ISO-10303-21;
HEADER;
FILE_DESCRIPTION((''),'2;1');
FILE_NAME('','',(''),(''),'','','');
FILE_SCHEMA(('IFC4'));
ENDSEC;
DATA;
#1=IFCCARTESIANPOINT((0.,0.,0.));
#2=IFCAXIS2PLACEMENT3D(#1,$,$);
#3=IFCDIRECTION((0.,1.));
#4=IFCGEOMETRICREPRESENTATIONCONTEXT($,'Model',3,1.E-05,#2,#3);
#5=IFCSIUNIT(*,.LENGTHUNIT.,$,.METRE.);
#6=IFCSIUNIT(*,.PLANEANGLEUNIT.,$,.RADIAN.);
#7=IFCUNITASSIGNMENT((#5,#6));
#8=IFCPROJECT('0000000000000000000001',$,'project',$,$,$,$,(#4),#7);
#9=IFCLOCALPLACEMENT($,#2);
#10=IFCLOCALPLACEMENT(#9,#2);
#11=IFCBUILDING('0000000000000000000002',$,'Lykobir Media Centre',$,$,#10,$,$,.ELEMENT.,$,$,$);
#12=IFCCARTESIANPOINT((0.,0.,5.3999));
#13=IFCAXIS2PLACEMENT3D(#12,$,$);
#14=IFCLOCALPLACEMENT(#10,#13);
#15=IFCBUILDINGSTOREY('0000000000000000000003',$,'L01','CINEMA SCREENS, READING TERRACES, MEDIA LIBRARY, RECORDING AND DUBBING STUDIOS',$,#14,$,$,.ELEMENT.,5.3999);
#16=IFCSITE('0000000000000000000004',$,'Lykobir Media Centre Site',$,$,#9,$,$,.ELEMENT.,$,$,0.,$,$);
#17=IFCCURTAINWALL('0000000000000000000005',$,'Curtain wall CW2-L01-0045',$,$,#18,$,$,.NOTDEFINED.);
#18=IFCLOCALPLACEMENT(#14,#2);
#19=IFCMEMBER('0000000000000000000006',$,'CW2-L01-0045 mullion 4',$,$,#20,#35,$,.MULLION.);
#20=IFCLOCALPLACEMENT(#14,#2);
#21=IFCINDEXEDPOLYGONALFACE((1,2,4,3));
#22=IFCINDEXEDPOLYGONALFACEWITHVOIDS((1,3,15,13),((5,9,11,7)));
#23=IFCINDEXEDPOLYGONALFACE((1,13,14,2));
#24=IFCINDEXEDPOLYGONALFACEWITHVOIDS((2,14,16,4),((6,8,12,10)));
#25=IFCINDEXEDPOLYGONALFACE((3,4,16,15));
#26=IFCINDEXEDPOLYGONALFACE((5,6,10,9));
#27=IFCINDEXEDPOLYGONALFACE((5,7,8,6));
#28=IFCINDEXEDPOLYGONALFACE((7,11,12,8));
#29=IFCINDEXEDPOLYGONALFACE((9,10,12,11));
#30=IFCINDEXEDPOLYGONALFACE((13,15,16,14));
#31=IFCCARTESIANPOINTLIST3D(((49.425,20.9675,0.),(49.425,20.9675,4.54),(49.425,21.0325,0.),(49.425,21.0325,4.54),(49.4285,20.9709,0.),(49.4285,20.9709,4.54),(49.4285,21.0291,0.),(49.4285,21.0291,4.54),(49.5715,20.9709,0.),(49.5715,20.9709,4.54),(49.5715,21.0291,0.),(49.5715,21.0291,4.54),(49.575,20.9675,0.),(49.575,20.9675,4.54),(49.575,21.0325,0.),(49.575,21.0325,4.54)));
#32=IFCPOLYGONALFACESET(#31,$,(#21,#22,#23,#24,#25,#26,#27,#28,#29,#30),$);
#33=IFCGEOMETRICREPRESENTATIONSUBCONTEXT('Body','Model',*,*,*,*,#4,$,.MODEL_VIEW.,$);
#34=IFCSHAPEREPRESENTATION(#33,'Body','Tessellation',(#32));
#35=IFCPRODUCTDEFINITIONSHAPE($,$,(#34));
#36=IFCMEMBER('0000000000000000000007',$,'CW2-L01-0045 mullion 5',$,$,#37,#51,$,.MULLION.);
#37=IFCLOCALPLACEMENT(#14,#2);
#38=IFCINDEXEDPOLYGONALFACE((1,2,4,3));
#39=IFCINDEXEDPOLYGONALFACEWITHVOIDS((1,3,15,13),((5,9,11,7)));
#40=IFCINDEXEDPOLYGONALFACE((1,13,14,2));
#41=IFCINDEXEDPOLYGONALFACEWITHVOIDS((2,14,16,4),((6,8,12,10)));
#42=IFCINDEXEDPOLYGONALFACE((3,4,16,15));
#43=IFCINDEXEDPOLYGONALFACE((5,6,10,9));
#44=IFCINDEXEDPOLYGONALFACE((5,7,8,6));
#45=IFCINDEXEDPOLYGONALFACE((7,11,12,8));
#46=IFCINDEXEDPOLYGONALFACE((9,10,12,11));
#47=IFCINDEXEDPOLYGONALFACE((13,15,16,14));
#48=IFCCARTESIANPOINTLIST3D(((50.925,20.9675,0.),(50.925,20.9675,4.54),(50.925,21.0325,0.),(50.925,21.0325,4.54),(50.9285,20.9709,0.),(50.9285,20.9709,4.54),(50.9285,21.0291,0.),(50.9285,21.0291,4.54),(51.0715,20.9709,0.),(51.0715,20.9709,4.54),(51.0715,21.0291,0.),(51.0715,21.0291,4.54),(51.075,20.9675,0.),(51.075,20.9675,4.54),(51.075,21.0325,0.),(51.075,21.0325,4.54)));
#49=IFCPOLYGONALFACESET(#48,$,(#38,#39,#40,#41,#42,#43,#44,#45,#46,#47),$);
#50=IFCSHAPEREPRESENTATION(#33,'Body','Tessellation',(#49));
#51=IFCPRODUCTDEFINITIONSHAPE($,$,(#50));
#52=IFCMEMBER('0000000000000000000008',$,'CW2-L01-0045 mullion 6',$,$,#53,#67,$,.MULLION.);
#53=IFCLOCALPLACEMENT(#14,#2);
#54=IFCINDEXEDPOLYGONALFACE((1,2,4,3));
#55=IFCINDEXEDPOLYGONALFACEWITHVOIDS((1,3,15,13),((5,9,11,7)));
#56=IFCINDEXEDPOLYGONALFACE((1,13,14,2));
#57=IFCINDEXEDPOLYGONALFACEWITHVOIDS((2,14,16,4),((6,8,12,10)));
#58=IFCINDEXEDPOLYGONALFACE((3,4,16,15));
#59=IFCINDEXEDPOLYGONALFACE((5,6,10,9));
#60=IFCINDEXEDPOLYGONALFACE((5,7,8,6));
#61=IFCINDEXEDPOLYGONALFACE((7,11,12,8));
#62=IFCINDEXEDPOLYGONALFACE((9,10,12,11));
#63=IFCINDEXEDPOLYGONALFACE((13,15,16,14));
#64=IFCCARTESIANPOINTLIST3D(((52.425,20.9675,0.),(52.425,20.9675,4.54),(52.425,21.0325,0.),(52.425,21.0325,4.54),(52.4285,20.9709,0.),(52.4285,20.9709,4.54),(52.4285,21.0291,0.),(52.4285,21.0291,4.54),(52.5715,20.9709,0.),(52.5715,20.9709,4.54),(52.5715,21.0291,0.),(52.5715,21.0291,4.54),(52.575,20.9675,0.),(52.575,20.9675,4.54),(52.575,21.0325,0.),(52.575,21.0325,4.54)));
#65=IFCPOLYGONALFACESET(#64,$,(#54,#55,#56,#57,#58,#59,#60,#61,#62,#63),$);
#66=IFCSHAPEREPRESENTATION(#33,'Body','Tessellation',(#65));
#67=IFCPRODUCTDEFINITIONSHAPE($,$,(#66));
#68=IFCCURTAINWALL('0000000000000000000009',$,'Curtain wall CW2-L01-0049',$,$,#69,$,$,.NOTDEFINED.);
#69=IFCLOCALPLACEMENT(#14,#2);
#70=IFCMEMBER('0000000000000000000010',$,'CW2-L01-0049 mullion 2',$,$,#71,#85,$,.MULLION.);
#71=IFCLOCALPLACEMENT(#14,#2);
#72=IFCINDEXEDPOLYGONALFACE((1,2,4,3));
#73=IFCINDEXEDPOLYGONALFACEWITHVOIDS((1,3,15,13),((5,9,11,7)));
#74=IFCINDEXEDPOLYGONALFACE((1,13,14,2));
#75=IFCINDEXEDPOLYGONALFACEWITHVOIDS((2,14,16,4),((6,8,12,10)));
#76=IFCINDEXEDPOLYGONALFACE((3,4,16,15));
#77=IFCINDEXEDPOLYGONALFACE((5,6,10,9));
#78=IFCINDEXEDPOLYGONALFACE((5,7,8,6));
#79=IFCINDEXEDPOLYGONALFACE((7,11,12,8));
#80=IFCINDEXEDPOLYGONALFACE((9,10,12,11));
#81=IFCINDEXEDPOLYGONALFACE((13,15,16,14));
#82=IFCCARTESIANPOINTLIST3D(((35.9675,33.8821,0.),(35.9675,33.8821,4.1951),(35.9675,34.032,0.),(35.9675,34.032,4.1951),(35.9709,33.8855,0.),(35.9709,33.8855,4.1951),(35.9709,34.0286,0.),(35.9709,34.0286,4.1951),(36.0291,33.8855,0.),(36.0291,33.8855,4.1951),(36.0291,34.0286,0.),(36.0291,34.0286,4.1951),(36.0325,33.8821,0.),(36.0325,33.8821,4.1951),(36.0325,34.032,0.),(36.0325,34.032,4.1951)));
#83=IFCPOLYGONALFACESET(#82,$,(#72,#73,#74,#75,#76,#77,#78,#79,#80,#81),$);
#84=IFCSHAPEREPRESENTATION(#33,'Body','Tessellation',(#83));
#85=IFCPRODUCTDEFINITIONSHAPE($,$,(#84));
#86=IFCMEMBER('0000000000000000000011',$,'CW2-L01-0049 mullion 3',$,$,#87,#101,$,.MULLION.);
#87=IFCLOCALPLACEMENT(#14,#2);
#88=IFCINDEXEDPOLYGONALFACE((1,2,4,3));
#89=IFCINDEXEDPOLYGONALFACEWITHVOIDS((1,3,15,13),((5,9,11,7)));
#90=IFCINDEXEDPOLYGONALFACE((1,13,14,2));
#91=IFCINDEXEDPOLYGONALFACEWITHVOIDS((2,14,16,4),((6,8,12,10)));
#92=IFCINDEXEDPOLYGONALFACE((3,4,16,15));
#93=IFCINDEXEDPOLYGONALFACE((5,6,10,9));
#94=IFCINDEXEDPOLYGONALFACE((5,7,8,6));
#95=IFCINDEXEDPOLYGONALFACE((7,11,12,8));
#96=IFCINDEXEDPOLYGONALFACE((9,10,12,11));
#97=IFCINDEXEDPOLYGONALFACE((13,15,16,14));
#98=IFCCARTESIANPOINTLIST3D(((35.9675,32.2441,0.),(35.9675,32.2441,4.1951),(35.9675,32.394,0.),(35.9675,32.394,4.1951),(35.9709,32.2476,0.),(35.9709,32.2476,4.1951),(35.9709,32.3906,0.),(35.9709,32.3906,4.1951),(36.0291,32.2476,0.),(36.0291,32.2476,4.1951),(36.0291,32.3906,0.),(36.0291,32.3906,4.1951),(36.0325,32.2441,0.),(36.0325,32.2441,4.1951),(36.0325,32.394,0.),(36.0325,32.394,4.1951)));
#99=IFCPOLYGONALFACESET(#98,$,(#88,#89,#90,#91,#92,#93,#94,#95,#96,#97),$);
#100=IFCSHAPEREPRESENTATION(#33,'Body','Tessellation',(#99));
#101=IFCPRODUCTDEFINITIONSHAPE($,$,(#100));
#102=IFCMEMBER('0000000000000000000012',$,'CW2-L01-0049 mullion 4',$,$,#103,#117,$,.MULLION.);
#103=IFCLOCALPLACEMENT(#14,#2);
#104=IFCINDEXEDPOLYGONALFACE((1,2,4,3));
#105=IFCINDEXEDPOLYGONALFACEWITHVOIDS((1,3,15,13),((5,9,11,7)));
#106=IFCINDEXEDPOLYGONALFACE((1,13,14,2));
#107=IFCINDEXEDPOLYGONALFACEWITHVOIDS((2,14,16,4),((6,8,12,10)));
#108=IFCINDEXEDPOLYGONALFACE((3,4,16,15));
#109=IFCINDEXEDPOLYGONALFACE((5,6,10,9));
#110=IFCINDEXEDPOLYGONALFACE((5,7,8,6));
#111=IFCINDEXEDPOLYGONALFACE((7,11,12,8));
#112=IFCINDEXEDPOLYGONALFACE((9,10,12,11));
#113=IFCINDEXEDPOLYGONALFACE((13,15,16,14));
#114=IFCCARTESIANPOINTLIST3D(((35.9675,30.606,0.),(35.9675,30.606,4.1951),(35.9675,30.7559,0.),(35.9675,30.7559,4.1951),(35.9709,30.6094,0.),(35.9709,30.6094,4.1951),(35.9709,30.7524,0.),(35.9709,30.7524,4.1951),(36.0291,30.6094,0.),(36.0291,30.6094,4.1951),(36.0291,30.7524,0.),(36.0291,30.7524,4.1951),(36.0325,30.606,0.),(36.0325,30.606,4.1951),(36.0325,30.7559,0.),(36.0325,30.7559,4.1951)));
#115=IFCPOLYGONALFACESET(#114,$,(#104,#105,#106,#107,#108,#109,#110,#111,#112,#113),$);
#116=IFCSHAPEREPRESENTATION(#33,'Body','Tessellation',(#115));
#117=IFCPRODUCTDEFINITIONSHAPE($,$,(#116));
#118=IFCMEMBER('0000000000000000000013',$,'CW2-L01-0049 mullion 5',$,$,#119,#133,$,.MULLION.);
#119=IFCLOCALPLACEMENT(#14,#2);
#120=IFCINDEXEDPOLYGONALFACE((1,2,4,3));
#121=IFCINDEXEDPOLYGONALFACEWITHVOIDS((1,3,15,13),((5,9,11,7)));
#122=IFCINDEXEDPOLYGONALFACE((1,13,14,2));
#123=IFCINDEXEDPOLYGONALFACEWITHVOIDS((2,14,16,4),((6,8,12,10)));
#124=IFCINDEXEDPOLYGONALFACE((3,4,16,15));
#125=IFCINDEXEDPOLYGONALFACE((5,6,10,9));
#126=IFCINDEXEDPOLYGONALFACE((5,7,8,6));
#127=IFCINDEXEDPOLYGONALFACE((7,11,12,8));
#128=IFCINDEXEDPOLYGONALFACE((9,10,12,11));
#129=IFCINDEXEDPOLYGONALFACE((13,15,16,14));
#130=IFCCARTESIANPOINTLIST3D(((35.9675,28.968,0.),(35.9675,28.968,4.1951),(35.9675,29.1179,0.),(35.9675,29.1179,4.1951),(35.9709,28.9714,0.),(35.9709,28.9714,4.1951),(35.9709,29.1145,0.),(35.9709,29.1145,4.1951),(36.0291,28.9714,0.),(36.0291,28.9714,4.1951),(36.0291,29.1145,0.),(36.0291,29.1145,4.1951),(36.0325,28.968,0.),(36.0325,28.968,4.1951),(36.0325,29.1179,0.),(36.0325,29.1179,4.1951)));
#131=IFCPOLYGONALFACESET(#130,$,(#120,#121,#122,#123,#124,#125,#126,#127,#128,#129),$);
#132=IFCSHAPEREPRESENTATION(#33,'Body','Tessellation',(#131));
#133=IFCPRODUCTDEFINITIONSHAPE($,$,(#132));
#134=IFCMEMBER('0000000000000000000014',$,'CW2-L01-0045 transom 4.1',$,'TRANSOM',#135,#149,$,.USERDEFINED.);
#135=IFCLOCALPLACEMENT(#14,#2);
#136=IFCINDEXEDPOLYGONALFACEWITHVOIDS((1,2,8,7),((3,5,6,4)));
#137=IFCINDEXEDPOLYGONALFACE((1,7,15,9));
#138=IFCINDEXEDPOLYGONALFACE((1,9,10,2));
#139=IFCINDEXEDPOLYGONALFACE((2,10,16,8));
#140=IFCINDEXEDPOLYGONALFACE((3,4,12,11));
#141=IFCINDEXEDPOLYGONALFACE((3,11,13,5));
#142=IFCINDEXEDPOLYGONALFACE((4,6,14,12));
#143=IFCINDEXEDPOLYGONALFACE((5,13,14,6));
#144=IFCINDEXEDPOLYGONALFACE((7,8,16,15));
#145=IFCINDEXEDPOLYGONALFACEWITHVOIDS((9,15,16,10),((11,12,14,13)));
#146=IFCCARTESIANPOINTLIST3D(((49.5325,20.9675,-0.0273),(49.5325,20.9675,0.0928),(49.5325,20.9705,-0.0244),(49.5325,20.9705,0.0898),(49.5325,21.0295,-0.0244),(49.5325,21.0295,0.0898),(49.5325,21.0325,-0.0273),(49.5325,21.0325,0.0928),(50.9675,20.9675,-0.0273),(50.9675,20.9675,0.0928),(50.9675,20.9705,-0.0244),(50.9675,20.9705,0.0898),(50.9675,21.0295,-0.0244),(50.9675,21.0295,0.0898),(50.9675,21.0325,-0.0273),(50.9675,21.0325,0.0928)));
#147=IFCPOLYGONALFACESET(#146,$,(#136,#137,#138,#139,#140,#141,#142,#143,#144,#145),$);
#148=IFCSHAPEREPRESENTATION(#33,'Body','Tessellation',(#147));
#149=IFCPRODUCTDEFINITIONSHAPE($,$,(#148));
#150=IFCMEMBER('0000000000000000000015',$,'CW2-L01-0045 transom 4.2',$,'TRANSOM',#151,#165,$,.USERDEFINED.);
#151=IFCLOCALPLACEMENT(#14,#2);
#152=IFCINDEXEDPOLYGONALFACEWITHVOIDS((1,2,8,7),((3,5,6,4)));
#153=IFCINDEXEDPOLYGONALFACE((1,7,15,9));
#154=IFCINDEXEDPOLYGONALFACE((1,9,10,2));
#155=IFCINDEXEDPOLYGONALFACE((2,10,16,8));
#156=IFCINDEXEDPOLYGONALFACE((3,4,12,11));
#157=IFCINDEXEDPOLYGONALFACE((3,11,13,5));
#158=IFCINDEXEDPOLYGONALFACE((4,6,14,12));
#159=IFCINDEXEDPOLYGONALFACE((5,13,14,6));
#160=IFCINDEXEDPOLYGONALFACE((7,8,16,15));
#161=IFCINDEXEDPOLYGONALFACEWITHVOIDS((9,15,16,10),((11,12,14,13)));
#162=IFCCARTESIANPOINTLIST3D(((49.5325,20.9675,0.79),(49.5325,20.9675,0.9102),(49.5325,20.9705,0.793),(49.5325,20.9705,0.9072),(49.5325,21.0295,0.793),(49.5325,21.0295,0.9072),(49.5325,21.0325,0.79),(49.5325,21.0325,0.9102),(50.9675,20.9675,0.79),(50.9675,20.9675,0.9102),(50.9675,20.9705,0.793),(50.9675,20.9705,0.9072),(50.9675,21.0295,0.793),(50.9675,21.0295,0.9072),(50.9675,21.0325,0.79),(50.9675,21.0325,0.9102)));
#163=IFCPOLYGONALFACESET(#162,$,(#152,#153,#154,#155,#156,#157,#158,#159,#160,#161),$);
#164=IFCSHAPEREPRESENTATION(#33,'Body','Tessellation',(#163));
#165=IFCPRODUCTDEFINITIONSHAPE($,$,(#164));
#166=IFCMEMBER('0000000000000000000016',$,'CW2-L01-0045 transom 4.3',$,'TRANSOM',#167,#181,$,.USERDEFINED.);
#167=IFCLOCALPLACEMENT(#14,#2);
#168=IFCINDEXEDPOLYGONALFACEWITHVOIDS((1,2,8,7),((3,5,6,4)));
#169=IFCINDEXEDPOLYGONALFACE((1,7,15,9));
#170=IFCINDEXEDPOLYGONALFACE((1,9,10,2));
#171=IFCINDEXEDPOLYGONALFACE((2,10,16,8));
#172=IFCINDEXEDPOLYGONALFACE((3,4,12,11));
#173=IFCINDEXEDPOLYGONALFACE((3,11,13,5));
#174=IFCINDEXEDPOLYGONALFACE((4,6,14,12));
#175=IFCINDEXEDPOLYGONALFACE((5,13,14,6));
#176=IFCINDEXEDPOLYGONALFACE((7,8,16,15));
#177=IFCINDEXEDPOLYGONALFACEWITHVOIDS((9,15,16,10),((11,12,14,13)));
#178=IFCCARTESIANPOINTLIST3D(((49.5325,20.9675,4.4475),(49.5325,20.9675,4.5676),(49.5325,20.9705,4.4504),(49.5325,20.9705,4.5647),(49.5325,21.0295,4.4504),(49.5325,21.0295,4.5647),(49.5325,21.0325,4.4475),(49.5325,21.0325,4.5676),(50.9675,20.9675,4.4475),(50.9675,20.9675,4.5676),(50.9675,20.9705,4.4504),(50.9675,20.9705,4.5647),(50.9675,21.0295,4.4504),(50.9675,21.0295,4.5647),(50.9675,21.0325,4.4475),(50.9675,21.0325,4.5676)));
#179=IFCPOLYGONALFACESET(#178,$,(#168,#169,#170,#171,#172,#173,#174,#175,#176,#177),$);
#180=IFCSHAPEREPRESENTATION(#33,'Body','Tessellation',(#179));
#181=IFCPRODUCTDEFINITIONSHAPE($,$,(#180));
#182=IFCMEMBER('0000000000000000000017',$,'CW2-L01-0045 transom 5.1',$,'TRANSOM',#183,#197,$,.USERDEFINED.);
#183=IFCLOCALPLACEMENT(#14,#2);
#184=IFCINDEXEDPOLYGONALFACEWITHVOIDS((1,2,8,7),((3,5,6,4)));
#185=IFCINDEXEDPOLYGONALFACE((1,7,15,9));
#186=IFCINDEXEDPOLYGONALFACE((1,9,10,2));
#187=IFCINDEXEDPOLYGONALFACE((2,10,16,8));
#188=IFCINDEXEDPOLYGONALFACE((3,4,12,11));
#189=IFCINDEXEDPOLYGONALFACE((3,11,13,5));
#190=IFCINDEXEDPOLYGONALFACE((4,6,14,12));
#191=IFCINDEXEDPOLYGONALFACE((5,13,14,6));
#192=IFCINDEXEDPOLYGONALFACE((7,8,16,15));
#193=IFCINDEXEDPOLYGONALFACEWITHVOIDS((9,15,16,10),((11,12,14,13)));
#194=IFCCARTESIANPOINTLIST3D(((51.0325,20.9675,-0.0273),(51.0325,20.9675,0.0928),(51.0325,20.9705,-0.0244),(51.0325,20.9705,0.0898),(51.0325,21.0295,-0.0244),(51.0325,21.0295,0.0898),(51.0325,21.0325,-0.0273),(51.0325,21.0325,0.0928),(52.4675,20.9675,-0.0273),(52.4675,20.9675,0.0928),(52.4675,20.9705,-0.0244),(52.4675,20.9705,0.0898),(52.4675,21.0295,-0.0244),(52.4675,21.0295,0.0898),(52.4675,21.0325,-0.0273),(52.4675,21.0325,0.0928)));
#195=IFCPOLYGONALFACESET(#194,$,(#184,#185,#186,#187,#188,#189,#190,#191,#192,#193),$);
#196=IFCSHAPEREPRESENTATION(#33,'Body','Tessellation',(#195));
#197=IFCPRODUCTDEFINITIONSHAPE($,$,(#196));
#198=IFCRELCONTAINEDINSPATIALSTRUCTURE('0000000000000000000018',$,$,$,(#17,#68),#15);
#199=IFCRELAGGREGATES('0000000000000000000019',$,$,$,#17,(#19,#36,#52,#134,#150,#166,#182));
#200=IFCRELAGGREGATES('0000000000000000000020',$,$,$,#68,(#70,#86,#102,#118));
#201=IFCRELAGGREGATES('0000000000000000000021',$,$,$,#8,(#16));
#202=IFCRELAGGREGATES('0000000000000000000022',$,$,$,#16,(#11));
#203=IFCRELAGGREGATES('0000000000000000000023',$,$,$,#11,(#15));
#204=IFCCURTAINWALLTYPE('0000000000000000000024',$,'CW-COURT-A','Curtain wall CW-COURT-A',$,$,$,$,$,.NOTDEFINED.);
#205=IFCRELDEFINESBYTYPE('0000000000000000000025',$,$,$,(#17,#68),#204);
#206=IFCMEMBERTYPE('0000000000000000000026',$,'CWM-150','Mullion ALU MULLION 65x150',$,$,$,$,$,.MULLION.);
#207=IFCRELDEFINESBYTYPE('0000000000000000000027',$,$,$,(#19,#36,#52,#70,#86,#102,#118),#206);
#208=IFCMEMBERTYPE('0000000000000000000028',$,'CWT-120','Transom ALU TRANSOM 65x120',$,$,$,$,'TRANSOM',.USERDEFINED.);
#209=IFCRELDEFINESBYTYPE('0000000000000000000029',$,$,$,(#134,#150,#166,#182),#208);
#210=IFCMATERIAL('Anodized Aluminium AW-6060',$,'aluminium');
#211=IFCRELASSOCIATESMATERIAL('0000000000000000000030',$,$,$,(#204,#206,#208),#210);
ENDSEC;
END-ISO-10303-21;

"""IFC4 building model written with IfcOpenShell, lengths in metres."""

from ifc_helpers import new_model, si_unit, direction, frame, origin, origin_2d, place, context, subcontext, project, spatial, hollow_rectangle, extrude, material, material_profile, profile_set, type_object, element, aggregate, save


model = new_model("IFC4")

# Units and contexts
model_context = context("Model", 3, precision=1e-05, world=origin(), true_north=direction((0.0, 1.0)))
body_context = subcontext(model_context, "Body", "Model", "MODEL_VIEW")
ifc_project = project(units=[si_unit("LENGTHUNIT", "METRE"), si_unit("PLANEANGLEUNIT", "RADIAN")], contexts=[model_context])

# Site, building, storey
site_placement = place(None, origin())
site = spatial("IfcSite", under=ifc_project, at=site_placement, Name="Lykobir Media Centre Site", CompositionType="ELEMENT", RefElevation=0.0)
building_placement = place(site_placement, origin())
building = spatial("IfcBuilding", under=site, at=building_placement, Name="Lykobir Media Centre", CompositionType="ELEMENT")
storey_placement = place(building_placement, frame((0.0, 0.0, 5.3999)))
storey = spatial("IfcBuildingStorey", under=building, at=storey_placement, Name="L01", Description="CINEMA SCREENS, READING TERRACES, MEDIA LIBRARY, RECORDING AND DUBBING STUDIOS", CompositionType="ELEMENT", Elevation=5.3999)

# Curtain walls, members
ifc_material_1 = material(Name="Anodized Aluminium AW-6060", Category="aluminium")
curtain_wall_type = type_object("IfcCurtainWallType", Name="CW-COURT-A", Description="Curtain wall CW-COURT-A", PredefinedType="NOTDEFINED", material=ifc_material_1)
curtain_wall_1_placement = place(storey_placement, origin())
curtain_wall_1 = element("IfcCurtainWall", 1, at=curtain_wall_1_placement, inside=storey, type_object=curtain_wall_type, Name="Curtain wall CW2-L01-0045", PredefinedType="NOTDEFINED")
ifc_material_profile_1 = material_profile(ifc_material_1, hollow_rectangle(XDim=0.0649, YDim=0.1499, WallThickness=0.0034, at=origin_2d()), Name="ALU MULLION 65x150")
ifc_profile_set_1 = profile_set([ifc_material_profile_1], Name="Anodized Aluminium AW-6060")
member_type_1 = type_object("IfcMemberType", Name="CWM-150", Description="Mullion ALU MULLION 65x150", PredefinedType="MULLION", material=ifc_profile_set_1)
member_1_placement = place(storey_placement, frame((49.5, 21.0, 0.0), z_axis=(0.0, 0.0, 1.0), x_axis=(0.0, 1.0, 0.0)))
member_1 = element("IfcMember", 2, at=member_1_placement, type_object=member_type_1, Name="CW2-L01-0045 mullion 4", PredefinedType="MULLION", context=body_context, shape_type="SweptSolid", body=[
    extrude(hollow_rectangle(XDim=0.0649, YDim=0.1499, WallThickness=0.0034, at=origin_2d()), origin(), (0.0, 0.0, 1.0), 4.54),
])
member_2_placement = place(storey_placement, frame((51.0, 21.0, 0.0), z_axis=(0.0, 0.0, 1.0), x_axis=(0.0, 1.0, 0.0)))
member_2 = element("IfcMember", 3, at=member_2_placement, type_object=member_type_1, Name="CW2-L01-0045 mullion 5", PredefinedType="MULLION", context=body_context, shape_type="SweptSolid", body=[
    extrude(hollow_rectangle(XDim=0.0649, YDim=0.1499, WallThickness=0.0034, at=origin_2d()), origin(), (0.0, 0.0, 1.0), 4.54),
])
member_3_placement = place(storey_placement, frame((52.5, 21.0, 0.0), z_axis=(0.0, 0.0, 1.0), x_axis=(0.0, 1.0, 0.0)))
member_3 = element("IfcMember", 4, at=member_3_placement, type_object=member_type_1, Name="CW2-L01-0045 mullion 6", PredefinedType="MULLION", context=body_context, shape_type="SweptSolid", body=[
    extrude(hollow_rectangle(XDim=0.0649, YDim=0.1499, WallThickness=0.0034, at=origin_2d()), origin(), (0.0, 0.0, 1.0), 4.54),
])
curtain_wall_2_placement = place(storey_placement, origin())
curtain_wall_2 = element("IfcCurtainWall", 5, at=curtain_wall_2_placement, inside=storey, type_object=curtain_wall_type, Name="Curtain wall CW2-L01-0049", PredefinedType="NOTDEFINED")
member_4_placement = place(storey_placement, frame((36.0, 33.957, 0.0), z_axis=(0.0, 0.0, 1.0), x_axis=(1.0, 0.0, 0.0)))
member_4 = element("IfcMember", 6, at=member_4_placement, type_object=member_type_1, Name="CW2-L01-0049 mullion 2", PredefinedType="MULLION", context=body_context, shape_type="SweptSolid", body=[
    extrude(hollow_rectangle(XDim=0.0649, YDim=0.1499, WallThickness=0.0034, at=origin_2d()), origin(), (0.0, 0.0, 1.0), 4.1951),
])
member_5_placement = place(storey_placement, frame((36.0, 32.3191, 0.0), z_axis=(0.0, 0.0, 1.0), x_axis=(1.0, 0.0, 0.0)))
member_5 = element("IfcMember", 7, at=member_5_placement, type_object=member_type_1, Name="CW2-L01-0049 mullion 3", PredefinedType="MULLION", context=body_context, shape_type="SweptSolid", body=[
    extrude(hollow_rectangle(XDim=0.0649, YDim=0.1499, WallThickness=0.0034, at=origin_2d()), origin(), (0.0, 0.0, 1.0), 4.1951),
])
member_6_placement = place(storey_placement, frame((36.0, 30.6809, 0.0), z_axis=(0.0, 0.0, 1.0), x_axis=(1.0, 0.0, 0.0)))
member_6 = element("IfcMember", 8, at=member_6_placement, type_object=member_type_1, Name="CW2-L01-0049 mullion 4", PredefinedType="MULLION", context=body_context, shape_type="SweptSolid", body=[
    extrude(hollow_rectangle(XDim=0.0649, YDim=0.1499, WallThickness=0.0034, at=origin_2d()), origin(), (0.0, 0.0, 1.0), 4.1951),
])
member_7_placement = place(storey_placement, frame((36.0, 29.043, 0.0), z_axis=(0.0, 0.0, 1.0), x_axis=(1.0, 0.0, 0.0)))
member_7 = element("IfcMember", 9, at=member_7_placement, type_object=member_type_1, Name="CW2-L01-0049 mullion 5", PredefinedType="MULLION", context=body_context, shape_type="SweptSolid", body=[
    extrude(hollow_rectangle(XDim=0.0649, YDim=0.1499, WallThickness=0.0034, at=origin_2d()), origin(), (0.0, 0.0, 1.0), 4.1951),
])

# Members
ifc_material_profile_2 = material_profile(ifc_material_1, hollow_rectangle(XDim=0.0649, YDim=0.1201, WallThickness=0.0029, at=origin_2d()), Name="ALU TRANSOM 65x120")
ifc_profile_set_2 = profile_set([ifc_material_profile_2], Name="Anodized Aluminium AW-6060")
member_type_2 = type_object("IfcMemberType", Name="CWT-120", Description="Transom ALU TRANSOM 65x120", ElementType="TRANSOM", PredefinedType="USERDEFINED", material=ifc_profile_set_2)
member_8_placement = place(storey_placement, frame((49.5325, 21.0, 0.0327), z_axis=(1.0, 0.0, 0.0), x_axis=(0.0, 1.0, 0.0)))
member_8 = element("IfcMember", 10, at=member_8_placement, type_object=member_type_2, Name="CW2-L01-0045 transom 4.1", ObjectType="TRANSOM", PredefinedType="USERDEFINED", context=body_context, shape_type="SweptSolid", body=[
    extrude(hollow_rectangle(XDim=0.0649, YDim=0.1201, WallThickness=0.0029, at=origin_2d()), origin(), (0.0, 0.0, 1.0), 1.4351),
])
member_9_placement = place(storey_placement, frame((49.5325, 21.0, 0.8501), z_axis=(1.0, 0.0, 0.0), x_axis=(0.0, 1.0, 0.0)))
member_9 = element("IfcMember", 11, at=member_9_placement, type_object=member_type_2, Name="CW2-L01-0045 transom 4.2", ObjectType="TRANSOM", PredefinedType="USERDEFINED", context=body_context, shape_type="SweptSolid", body=[
    extrude(hollow_rectangle(XDim=0.0649, YDim=0.1201, WallThickness=0.0029, at=origin_2d()), origin(), (0.0, 0.0, 1.0), 1.4351),
])
member_10_placement = place(storey_placement, frame((49.5325, 21.0, 4.5076), z_axis=(1.0, 0.0, 0.0), x_axis=(0.0, 1.0, 0.0)))
member_10 = element("IfcMember", 12, at=member_10_placement, type_object=member_type_2, Name="CW2-L01-0045 transom 4.3", ObjectType="TRANSOM", PredefinedType="USERDEFINED", context=body_context, shape_type="SweptSolid", body=[
    extrude(hollow_rectangle(XDim=0.0649, YDim=0.1201, WallThickness=0.0029, at=origin_2d()), origin(), (0.0, 0.0, 1.0), 1.4351),
])
member_11_placement = place(storey_placement, frame((51.0325, 21.0, 0.0327), z_axis=(1.0, 0.0, 0.0), x_axis=(0.0, 1.0, 0.0)))
member_11 = element("IfcMember", 13, at=member_11_placement, type_object=member_type_2, Name="CW2-L01-0045 transom 5.1", ObjectType="TRANSOM", PredefinedType="USERDEFINED", context=body_context, shape_type="SweptSolid", body=[
    extrude(hollow_rectangle(XDim=0.0649, YDim=0.1201, WallThickness=0.0029, at=origin_2d()), origin(), (0.0, 0.0, 1.0), 1.4351),
])

aggregate(curtain_wall_1, [member_1, member_2, member_3, member_8, member_9, member_10, member_11])
aggregate(curtain_wall_2, [member_4, member_5, member_6, member_7])

save(model, "model.ifc")
